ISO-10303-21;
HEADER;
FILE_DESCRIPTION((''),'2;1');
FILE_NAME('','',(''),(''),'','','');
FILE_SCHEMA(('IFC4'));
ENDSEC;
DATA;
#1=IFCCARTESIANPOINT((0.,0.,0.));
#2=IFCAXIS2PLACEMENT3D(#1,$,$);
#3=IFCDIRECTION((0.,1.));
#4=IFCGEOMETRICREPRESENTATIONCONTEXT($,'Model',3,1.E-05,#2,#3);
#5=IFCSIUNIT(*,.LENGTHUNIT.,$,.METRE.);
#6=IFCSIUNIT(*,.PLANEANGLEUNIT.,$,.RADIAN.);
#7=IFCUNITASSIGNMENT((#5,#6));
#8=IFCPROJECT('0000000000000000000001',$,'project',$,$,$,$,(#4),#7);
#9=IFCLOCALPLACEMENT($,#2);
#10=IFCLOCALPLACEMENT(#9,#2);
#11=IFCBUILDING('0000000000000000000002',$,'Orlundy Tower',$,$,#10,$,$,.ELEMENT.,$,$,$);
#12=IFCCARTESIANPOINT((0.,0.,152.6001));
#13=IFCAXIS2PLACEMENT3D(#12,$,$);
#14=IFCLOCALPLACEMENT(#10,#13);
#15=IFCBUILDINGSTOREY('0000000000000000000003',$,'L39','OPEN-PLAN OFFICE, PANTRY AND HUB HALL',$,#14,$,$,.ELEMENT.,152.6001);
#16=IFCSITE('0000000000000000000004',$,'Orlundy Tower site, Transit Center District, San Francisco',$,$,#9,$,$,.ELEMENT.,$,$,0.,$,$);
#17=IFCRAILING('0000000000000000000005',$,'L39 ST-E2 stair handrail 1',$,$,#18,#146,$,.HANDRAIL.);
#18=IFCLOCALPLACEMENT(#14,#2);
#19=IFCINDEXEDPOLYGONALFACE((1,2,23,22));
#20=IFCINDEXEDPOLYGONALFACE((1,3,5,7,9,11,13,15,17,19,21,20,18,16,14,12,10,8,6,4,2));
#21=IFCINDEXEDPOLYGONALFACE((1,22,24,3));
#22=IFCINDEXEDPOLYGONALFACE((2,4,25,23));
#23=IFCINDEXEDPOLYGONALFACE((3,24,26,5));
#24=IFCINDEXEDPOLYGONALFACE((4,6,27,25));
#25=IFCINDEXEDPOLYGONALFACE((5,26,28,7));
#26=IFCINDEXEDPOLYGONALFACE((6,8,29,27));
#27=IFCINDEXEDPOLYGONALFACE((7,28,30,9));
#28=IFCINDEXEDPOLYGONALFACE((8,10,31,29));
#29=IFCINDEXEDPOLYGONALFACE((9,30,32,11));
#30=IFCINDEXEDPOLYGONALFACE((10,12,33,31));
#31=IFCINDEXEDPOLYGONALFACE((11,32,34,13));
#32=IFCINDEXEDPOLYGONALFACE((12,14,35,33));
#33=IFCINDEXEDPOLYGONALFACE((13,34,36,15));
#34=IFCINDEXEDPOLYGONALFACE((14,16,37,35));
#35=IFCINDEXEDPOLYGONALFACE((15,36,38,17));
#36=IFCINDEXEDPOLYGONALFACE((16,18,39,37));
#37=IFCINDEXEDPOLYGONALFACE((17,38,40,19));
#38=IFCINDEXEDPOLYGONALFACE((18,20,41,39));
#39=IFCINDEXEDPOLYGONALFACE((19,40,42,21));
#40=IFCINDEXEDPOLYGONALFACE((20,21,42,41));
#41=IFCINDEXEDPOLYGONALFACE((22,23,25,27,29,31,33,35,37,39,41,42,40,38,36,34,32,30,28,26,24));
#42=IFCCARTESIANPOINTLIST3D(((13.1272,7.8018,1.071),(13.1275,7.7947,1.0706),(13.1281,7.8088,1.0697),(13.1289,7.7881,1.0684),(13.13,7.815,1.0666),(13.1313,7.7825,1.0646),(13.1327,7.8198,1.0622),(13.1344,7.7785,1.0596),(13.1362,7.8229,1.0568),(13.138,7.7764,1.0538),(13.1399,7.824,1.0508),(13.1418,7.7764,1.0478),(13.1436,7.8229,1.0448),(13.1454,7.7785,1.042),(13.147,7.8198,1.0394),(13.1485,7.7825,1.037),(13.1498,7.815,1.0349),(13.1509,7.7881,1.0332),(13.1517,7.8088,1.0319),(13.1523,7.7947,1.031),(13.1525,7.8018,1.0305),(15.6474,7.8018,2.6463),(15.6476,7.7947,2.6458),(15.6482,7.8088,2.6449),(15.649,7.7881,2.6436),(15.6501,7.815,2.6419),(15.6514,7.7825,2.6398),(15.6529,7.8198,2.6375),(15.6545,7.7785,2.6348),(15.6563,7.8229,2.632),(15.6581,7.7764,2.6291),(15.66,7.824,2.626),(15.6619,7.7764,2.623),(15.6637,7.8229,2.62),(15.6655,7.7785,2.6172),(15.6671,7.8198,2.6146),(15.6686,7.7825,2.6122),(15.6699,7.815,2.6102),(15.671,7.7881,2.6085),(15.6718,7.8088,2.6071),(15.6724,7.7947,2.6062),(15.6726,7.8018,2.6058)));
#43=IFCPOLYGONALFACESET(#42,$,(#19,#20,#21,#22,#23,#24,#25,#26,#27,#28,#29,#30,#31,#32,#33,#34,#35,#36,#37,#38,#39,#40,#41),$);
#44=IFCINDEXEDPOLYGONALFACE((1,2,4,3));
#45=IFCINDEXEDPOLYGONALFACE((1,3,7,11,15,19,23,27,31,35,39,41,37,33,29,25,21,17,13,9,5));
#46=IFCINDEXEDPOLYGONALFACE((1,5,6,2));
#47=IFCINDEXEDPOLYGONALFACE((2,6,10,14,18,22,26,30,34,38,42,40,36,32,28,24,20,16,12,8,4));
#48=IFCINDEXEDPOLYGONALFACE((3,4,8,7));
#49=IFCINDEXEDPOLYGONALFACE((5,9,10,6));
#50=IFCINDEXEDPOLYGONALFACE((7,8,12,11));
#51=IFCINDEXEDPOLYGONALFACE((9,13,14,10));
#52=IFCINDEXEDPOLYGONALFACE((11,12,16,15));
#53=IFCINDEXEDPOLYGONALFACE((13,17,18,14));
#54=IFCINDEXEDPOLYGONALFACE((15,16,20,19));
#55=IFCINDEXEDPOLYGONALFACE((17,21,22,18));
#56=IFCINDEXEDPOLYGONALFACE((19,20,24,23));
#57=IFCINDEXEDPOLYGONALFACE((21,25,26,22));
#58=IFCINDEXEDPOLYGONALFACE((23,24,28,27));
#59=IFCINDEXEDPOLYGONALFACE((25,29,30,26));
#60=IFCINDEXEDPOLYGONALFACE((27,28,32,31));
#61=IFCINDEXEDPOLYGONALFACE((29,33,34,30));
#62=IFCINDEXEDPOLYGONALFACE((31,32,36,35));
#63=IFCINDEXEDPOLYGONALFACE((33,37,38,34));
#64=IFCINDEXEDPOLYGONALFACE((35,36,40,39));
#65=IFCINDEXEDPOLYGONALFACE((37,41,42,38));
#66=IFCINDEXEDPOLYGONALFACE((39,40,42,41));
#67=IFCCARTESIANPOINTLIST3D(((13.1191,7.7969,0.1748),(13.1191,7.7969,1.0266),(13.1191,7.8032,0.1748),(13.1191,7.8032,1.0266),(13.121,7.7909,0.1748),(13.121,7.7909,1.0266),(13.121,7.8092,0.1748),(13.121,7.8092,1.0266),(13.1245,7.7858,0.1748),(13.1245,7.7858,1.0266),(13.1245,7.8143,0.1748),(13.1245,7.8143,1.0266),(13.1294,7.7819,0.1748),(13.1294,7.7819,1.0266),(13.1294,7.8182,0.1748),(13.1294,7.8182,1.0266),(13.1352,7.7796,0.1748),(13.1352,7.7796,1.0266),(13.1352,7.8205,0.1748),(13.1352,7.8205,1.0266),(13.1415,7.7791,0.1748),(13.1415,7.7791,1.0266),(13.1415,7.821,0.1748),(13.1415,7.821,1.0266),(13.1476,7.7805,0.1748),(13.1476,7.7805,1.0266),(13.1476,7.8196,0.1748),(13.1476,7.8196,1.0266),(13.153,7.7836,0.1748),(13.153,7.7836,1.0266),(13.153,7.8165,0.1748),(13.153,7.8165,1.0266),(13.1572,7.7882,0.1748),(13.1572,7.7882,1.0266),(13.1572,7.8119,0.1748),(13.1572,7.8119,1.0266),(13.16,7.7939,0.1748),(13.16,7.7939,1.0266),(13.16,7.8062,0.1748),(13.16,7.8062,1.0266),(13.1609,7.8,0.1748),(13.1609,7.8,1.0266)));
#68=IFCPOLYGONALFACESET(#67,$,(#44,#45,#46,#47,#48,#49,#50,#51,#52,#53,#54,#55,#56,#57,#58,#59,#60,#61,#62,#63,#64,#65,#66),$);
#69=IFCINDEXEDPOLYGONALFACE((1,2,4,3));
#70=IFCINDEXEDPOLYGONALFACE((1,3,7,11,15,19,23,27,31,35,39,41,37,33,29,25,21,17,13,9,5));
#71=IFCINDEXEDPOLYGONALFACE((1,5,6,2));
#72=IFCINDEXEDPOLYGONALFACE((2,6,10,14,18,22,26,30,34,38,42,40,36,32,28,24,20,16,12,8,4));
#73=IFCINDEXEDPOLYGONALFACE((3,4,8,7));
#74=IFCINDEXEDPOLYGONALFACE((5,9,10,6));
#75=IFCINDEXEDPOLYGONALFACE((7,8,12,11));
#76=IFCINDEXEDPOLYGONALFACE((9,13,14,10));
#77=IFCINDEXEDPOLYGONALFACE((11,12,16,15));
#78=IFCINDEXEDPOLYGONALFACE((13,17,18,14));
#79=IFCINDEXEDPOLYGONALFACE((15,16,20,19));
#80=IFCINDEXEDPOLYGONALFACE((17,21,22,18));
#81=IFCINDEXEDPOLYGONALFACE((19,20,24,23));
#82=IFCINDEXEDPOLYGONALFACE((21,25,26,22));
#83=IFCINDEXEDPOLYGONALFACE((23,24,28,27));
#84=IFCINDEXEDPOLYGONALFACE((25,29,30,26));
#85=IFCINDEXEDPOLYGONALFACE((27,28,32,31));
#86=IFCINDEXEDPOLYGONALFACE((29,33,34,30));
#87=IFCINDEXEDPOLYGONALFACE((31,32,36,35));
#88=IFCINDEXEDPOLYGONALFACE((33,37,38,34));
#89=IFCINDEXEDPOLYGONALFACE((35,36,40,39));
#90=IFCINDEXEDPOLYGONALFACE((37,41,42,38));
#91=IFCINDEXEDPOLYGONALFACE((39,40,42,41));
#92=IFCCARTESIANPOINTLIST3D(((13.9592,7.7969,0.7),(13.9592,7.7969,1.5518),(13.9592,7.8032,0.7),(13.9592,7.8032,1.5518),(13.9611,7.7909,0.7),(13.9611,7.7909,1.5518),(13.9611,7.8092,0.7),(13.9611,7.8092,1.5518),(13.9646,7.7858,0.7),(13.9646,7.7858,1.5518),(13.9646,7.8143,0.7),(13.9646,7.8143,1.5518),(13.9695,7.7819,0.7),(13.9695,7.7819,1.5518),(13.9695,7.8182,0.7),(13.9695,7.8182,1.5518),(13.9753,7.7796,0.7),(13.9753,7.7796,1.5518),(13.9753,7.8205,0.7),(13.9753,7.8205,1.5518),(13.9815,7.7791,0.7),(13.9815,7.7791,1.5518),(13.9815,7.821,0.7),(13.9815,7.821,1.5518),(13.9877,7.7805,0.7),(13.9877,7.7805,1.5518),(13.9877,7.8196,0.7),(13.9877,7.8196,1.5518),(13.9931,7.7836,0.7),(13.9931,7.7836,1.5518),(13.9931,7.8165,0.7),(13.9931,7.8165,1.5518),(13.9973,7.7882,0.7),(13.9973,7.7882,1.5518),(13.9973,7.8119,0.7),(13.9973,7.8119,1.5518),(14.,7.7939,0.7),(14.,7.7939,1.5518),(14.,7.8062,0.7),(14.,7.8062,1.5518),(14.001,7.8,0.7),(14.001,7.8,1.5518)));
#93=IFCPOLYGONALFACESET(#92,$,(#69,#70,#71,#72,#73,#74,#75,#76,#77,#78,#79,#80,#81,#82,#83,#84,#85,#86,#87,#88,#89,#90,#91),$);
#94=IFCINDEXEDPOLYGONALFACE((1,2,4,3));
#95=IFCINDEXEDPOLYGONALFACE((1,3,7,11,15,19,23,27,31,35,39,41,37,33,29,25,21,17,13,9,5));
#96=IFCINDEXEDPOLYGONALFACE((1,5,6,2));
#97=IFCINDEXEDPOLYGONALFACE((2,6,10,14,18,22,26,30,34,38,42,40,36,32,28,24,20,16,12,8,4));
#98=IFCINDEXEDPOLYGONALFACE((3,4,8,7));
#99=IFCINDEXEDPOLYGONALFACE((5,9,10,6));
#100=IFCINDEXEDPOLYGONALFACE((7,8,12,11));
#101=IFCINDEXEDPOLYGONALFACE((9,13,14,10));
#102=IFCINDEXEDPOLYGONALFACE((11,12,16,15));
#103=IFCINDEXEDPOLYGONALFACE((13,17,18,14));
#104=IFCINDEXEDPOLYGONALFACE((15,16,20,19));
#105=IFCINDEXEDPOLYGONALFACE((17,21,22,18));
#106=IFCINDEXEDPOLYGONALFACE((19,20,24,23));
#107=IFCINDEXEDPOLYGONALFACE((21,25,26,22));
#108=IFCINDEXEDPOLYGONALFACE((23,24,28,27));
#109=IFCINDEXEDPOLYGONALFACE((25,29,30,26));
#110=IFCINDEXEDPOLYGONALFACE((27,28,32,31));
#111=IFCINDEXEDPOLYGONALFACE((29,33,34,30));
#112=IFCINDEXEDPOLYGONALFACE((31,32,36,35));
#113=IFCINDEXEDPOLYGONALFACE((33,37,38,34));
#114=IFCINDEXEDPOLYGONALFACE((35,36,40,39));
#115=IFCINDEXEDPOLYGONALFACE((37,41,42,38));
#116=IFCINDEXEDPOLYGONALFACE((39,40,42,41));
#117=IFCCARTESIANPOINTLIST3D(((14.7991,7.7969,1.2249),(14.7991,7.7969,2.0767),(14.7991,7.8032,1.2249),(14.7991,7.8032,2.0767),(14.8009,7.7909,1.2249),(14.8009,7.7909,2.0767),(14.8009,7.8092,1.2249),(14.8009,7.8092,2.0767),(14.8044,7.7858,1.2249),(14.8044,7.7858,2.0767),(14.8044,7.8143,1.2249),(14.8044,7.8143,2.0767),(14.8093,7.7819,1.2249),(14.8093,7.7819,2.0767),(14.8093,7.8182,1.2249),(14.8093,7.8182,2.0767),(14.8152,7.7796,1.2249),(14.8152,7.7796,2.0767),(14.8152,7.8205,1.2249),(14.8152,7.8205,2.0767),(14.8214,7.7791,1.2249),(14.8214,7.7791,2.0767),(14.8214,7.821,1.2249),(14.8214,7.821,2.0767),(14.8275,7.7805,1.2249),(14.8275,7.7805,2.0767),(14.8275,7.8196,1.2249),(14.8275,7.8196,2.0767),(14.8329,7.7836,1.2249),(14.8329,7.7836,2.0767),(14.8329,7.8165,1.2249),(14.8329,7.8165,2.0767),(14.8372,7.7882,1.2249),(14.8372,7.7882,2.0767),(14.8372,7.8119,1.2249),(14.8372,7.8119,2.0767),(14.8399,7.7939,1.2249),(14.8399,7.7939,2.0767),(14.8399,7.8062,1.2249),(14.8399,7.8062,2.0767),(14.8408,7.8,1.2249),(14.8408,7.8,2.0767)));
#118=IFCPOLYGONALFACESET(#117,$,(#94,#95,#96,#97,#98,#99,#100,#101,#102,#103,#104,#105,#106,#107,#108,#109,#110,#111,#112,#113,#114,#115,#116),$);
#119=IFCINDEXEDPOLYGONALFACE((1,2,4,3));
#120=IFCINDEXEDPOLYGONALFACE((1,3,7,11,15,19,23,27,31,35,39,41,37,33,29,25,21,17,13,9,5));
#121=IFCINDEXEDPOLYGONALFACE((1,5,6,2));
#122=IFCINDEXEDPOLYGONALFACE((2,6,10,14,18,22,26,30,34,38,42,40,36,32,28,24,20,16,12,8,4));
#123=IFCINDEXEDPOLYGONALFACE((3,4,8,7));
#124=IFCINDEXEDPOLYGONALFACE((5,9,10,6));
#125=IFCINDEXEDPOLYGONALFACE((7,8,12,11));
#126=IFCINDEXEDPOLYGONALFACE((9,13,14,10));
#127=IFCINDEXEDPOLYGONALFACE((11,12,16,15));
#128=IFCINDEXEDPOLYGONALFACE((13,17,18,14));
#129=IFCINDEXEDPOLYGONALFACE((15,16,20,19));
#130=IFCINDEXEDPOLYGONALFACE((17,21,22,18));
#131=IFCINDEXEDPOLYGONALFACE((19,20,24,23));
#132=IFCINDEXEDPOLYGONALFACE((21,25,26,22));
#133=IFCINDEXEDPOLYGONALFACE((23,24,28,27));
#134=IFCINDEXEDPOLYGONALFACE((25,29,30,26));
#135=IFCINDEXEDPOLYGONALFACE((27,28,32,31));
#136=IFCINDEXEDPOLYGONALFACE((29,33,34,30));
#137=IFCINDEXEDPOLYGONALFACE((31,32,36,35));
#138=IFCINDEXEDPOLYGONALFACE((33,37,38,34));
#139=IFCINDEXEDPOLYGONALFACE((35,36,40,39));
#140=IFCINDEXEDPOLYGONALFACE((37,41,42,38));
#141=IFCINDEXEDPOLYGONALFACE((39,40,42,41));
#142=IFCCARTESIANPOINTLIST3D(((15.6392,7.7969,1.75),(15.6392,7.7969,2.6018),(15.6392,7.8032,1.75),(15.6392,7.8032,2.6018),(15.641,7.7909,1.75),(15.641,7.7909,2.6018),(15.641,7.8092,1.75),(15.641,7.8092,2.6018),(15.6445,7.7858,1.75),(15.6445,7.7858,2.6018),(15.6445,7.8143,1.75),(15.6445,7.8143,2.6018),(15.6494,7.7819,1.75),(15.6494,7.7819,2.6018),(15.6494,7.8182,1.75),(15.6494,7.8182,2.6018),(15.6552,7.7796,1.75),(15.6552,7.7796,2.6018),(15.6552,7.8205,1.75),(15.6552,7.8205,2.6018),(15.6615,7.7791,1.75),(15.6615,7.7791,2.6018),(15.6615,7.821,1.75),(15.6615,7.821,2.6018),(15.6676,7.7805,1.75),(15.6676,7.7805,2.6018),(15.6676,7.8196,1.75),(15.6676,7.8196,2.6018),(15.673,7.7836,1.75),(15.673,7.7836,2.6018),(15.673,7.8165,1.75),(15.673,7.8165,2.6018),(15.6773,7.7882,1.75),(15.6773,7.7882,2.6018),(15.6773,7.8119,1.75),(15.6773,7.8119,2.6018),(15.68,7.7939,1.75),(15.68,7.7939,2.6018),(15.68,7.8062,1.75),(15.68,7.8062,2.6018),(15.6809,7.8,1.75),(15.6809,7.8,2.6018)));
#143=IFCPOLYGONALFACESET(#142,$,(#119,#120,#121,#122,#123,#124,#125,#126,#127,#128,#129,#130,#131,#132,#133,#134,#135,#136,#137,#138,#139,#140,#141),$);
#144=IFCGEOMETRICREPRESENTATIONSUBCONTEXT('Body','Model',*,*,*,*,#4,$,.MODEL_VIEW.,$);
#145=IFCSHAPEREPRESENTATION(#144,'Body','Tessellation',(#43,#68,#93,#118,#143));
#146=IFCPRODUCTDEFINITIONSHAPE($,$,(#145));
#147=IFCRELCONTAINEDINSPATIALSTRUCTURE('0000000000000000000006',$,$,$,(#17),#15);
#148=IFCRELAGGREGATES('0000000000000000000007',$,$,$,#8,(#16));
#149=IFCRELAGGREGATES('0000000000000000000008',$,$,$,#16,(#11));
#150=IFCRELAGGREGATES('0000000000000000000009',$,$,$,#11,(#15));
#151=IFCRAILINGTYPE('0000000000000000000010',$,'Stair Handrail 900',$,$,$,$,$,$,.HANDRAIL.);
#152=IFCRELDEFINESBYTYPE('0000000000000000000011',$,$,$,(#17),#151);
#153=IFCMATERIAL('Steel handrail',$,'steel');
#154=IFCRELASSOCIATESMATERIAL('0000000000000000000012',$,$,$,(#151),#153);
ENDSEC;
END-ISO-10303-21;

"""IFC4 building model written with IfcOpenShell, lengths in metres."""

from ifc_helpers import new_model, si_unit, direction, frame, origin, origin_2d, place, context, subcontext, project, spatial, circle, extrude, material, type_object, element, save


model = new_model("IFC4")

# Units and contexts
model_context = context("Model", 3, precision=1e-05, world=origin(), true_north=direction((0.0, 1.0)))
body_context = subcontext(model_context, "Body", "Model", "MODEL_VIEW")
ifc_project = project(units=[si_unit("LENGTHUNIT", "METRE"), si_unit("PLANEANGLEUNIT", "RADIAN")], contexts=[model_context])

# Site, building, storey
site_placement = place(None, origin())
site = spatial("IfcSite", under=ifc_project, at=site_placement, Name="Orlundy Tower site, Transit Center District, San Francisco", CompositionType="ELEMENT", RefElevation=0.0)
building_placement = place(site_placement, origin())
building = spatial("IfcBuilding", under=site, at=building_placement, Name="Orlundy Tower", CompositionType="ELEMENT")
storey_placement = place(building_placement, frame((0.0, 0.0, 152.6001)))
storey = spatial("IfcBuildingStorey", under=building, at=storey_placement, Name="L39", Description="OPEN-PLAN OFFICE, PANTRY AND HUB HALL", CompositionType="ELEMENT", Elevation=152.6001)

# Railing
ifc_material_1 = material(Name="Steel handrail", Category="steel")
railing_type_1 = type_object("IfcRailingType", Name="Stair Handrail 900", PredefinedType="HANDRAIL", material=ifc_material_1)
railing_1_placement = place(storey_placement, frame((13.1399, 7.8, 0.1748)))
element("IfcRailing", 1, at=railing_1_placement, inside=storey, type_object=railing_type_1, Name="L39 ST-E2 stair handrail 1", PredefinedType="HANDRAIL", context=body_context, shape_type="SweptSolid", body=[
    extrude(circle(Radius=0.0239, at=origin_2d()), frame((0.0, 0.0, 0.876), z_axis=(0.847971, 0.0, 0.530043), x_axis=(0.0, 1.0, 0.0)), (0.0, 0.0, 1.0), 2.9719),
    extrude(circle(Radius=0.021, at=origin_2d()), origin(), (0.0, 0.0, 1.0), 0.8518),
    extrude(circle(Radius=0.021, at=origin_2d()), frame((0.8401, 0.0, 0.5251)), (0.0, 0.0, 1.0), 0.8518),
    extrude(circle(Radius=0.021, at=origin_2d()), frame((1.6799, 0.0, 1.05)), (0.0, 0.0, 1.0), 0.8518),
    extrude(circle(Radius=0.021, at=origin_2d()), frame((2.52, 0.0, 1.5752)), (0.0, 0.0, 1.0), 0.8518),
])

save(model, "model.ifc")
